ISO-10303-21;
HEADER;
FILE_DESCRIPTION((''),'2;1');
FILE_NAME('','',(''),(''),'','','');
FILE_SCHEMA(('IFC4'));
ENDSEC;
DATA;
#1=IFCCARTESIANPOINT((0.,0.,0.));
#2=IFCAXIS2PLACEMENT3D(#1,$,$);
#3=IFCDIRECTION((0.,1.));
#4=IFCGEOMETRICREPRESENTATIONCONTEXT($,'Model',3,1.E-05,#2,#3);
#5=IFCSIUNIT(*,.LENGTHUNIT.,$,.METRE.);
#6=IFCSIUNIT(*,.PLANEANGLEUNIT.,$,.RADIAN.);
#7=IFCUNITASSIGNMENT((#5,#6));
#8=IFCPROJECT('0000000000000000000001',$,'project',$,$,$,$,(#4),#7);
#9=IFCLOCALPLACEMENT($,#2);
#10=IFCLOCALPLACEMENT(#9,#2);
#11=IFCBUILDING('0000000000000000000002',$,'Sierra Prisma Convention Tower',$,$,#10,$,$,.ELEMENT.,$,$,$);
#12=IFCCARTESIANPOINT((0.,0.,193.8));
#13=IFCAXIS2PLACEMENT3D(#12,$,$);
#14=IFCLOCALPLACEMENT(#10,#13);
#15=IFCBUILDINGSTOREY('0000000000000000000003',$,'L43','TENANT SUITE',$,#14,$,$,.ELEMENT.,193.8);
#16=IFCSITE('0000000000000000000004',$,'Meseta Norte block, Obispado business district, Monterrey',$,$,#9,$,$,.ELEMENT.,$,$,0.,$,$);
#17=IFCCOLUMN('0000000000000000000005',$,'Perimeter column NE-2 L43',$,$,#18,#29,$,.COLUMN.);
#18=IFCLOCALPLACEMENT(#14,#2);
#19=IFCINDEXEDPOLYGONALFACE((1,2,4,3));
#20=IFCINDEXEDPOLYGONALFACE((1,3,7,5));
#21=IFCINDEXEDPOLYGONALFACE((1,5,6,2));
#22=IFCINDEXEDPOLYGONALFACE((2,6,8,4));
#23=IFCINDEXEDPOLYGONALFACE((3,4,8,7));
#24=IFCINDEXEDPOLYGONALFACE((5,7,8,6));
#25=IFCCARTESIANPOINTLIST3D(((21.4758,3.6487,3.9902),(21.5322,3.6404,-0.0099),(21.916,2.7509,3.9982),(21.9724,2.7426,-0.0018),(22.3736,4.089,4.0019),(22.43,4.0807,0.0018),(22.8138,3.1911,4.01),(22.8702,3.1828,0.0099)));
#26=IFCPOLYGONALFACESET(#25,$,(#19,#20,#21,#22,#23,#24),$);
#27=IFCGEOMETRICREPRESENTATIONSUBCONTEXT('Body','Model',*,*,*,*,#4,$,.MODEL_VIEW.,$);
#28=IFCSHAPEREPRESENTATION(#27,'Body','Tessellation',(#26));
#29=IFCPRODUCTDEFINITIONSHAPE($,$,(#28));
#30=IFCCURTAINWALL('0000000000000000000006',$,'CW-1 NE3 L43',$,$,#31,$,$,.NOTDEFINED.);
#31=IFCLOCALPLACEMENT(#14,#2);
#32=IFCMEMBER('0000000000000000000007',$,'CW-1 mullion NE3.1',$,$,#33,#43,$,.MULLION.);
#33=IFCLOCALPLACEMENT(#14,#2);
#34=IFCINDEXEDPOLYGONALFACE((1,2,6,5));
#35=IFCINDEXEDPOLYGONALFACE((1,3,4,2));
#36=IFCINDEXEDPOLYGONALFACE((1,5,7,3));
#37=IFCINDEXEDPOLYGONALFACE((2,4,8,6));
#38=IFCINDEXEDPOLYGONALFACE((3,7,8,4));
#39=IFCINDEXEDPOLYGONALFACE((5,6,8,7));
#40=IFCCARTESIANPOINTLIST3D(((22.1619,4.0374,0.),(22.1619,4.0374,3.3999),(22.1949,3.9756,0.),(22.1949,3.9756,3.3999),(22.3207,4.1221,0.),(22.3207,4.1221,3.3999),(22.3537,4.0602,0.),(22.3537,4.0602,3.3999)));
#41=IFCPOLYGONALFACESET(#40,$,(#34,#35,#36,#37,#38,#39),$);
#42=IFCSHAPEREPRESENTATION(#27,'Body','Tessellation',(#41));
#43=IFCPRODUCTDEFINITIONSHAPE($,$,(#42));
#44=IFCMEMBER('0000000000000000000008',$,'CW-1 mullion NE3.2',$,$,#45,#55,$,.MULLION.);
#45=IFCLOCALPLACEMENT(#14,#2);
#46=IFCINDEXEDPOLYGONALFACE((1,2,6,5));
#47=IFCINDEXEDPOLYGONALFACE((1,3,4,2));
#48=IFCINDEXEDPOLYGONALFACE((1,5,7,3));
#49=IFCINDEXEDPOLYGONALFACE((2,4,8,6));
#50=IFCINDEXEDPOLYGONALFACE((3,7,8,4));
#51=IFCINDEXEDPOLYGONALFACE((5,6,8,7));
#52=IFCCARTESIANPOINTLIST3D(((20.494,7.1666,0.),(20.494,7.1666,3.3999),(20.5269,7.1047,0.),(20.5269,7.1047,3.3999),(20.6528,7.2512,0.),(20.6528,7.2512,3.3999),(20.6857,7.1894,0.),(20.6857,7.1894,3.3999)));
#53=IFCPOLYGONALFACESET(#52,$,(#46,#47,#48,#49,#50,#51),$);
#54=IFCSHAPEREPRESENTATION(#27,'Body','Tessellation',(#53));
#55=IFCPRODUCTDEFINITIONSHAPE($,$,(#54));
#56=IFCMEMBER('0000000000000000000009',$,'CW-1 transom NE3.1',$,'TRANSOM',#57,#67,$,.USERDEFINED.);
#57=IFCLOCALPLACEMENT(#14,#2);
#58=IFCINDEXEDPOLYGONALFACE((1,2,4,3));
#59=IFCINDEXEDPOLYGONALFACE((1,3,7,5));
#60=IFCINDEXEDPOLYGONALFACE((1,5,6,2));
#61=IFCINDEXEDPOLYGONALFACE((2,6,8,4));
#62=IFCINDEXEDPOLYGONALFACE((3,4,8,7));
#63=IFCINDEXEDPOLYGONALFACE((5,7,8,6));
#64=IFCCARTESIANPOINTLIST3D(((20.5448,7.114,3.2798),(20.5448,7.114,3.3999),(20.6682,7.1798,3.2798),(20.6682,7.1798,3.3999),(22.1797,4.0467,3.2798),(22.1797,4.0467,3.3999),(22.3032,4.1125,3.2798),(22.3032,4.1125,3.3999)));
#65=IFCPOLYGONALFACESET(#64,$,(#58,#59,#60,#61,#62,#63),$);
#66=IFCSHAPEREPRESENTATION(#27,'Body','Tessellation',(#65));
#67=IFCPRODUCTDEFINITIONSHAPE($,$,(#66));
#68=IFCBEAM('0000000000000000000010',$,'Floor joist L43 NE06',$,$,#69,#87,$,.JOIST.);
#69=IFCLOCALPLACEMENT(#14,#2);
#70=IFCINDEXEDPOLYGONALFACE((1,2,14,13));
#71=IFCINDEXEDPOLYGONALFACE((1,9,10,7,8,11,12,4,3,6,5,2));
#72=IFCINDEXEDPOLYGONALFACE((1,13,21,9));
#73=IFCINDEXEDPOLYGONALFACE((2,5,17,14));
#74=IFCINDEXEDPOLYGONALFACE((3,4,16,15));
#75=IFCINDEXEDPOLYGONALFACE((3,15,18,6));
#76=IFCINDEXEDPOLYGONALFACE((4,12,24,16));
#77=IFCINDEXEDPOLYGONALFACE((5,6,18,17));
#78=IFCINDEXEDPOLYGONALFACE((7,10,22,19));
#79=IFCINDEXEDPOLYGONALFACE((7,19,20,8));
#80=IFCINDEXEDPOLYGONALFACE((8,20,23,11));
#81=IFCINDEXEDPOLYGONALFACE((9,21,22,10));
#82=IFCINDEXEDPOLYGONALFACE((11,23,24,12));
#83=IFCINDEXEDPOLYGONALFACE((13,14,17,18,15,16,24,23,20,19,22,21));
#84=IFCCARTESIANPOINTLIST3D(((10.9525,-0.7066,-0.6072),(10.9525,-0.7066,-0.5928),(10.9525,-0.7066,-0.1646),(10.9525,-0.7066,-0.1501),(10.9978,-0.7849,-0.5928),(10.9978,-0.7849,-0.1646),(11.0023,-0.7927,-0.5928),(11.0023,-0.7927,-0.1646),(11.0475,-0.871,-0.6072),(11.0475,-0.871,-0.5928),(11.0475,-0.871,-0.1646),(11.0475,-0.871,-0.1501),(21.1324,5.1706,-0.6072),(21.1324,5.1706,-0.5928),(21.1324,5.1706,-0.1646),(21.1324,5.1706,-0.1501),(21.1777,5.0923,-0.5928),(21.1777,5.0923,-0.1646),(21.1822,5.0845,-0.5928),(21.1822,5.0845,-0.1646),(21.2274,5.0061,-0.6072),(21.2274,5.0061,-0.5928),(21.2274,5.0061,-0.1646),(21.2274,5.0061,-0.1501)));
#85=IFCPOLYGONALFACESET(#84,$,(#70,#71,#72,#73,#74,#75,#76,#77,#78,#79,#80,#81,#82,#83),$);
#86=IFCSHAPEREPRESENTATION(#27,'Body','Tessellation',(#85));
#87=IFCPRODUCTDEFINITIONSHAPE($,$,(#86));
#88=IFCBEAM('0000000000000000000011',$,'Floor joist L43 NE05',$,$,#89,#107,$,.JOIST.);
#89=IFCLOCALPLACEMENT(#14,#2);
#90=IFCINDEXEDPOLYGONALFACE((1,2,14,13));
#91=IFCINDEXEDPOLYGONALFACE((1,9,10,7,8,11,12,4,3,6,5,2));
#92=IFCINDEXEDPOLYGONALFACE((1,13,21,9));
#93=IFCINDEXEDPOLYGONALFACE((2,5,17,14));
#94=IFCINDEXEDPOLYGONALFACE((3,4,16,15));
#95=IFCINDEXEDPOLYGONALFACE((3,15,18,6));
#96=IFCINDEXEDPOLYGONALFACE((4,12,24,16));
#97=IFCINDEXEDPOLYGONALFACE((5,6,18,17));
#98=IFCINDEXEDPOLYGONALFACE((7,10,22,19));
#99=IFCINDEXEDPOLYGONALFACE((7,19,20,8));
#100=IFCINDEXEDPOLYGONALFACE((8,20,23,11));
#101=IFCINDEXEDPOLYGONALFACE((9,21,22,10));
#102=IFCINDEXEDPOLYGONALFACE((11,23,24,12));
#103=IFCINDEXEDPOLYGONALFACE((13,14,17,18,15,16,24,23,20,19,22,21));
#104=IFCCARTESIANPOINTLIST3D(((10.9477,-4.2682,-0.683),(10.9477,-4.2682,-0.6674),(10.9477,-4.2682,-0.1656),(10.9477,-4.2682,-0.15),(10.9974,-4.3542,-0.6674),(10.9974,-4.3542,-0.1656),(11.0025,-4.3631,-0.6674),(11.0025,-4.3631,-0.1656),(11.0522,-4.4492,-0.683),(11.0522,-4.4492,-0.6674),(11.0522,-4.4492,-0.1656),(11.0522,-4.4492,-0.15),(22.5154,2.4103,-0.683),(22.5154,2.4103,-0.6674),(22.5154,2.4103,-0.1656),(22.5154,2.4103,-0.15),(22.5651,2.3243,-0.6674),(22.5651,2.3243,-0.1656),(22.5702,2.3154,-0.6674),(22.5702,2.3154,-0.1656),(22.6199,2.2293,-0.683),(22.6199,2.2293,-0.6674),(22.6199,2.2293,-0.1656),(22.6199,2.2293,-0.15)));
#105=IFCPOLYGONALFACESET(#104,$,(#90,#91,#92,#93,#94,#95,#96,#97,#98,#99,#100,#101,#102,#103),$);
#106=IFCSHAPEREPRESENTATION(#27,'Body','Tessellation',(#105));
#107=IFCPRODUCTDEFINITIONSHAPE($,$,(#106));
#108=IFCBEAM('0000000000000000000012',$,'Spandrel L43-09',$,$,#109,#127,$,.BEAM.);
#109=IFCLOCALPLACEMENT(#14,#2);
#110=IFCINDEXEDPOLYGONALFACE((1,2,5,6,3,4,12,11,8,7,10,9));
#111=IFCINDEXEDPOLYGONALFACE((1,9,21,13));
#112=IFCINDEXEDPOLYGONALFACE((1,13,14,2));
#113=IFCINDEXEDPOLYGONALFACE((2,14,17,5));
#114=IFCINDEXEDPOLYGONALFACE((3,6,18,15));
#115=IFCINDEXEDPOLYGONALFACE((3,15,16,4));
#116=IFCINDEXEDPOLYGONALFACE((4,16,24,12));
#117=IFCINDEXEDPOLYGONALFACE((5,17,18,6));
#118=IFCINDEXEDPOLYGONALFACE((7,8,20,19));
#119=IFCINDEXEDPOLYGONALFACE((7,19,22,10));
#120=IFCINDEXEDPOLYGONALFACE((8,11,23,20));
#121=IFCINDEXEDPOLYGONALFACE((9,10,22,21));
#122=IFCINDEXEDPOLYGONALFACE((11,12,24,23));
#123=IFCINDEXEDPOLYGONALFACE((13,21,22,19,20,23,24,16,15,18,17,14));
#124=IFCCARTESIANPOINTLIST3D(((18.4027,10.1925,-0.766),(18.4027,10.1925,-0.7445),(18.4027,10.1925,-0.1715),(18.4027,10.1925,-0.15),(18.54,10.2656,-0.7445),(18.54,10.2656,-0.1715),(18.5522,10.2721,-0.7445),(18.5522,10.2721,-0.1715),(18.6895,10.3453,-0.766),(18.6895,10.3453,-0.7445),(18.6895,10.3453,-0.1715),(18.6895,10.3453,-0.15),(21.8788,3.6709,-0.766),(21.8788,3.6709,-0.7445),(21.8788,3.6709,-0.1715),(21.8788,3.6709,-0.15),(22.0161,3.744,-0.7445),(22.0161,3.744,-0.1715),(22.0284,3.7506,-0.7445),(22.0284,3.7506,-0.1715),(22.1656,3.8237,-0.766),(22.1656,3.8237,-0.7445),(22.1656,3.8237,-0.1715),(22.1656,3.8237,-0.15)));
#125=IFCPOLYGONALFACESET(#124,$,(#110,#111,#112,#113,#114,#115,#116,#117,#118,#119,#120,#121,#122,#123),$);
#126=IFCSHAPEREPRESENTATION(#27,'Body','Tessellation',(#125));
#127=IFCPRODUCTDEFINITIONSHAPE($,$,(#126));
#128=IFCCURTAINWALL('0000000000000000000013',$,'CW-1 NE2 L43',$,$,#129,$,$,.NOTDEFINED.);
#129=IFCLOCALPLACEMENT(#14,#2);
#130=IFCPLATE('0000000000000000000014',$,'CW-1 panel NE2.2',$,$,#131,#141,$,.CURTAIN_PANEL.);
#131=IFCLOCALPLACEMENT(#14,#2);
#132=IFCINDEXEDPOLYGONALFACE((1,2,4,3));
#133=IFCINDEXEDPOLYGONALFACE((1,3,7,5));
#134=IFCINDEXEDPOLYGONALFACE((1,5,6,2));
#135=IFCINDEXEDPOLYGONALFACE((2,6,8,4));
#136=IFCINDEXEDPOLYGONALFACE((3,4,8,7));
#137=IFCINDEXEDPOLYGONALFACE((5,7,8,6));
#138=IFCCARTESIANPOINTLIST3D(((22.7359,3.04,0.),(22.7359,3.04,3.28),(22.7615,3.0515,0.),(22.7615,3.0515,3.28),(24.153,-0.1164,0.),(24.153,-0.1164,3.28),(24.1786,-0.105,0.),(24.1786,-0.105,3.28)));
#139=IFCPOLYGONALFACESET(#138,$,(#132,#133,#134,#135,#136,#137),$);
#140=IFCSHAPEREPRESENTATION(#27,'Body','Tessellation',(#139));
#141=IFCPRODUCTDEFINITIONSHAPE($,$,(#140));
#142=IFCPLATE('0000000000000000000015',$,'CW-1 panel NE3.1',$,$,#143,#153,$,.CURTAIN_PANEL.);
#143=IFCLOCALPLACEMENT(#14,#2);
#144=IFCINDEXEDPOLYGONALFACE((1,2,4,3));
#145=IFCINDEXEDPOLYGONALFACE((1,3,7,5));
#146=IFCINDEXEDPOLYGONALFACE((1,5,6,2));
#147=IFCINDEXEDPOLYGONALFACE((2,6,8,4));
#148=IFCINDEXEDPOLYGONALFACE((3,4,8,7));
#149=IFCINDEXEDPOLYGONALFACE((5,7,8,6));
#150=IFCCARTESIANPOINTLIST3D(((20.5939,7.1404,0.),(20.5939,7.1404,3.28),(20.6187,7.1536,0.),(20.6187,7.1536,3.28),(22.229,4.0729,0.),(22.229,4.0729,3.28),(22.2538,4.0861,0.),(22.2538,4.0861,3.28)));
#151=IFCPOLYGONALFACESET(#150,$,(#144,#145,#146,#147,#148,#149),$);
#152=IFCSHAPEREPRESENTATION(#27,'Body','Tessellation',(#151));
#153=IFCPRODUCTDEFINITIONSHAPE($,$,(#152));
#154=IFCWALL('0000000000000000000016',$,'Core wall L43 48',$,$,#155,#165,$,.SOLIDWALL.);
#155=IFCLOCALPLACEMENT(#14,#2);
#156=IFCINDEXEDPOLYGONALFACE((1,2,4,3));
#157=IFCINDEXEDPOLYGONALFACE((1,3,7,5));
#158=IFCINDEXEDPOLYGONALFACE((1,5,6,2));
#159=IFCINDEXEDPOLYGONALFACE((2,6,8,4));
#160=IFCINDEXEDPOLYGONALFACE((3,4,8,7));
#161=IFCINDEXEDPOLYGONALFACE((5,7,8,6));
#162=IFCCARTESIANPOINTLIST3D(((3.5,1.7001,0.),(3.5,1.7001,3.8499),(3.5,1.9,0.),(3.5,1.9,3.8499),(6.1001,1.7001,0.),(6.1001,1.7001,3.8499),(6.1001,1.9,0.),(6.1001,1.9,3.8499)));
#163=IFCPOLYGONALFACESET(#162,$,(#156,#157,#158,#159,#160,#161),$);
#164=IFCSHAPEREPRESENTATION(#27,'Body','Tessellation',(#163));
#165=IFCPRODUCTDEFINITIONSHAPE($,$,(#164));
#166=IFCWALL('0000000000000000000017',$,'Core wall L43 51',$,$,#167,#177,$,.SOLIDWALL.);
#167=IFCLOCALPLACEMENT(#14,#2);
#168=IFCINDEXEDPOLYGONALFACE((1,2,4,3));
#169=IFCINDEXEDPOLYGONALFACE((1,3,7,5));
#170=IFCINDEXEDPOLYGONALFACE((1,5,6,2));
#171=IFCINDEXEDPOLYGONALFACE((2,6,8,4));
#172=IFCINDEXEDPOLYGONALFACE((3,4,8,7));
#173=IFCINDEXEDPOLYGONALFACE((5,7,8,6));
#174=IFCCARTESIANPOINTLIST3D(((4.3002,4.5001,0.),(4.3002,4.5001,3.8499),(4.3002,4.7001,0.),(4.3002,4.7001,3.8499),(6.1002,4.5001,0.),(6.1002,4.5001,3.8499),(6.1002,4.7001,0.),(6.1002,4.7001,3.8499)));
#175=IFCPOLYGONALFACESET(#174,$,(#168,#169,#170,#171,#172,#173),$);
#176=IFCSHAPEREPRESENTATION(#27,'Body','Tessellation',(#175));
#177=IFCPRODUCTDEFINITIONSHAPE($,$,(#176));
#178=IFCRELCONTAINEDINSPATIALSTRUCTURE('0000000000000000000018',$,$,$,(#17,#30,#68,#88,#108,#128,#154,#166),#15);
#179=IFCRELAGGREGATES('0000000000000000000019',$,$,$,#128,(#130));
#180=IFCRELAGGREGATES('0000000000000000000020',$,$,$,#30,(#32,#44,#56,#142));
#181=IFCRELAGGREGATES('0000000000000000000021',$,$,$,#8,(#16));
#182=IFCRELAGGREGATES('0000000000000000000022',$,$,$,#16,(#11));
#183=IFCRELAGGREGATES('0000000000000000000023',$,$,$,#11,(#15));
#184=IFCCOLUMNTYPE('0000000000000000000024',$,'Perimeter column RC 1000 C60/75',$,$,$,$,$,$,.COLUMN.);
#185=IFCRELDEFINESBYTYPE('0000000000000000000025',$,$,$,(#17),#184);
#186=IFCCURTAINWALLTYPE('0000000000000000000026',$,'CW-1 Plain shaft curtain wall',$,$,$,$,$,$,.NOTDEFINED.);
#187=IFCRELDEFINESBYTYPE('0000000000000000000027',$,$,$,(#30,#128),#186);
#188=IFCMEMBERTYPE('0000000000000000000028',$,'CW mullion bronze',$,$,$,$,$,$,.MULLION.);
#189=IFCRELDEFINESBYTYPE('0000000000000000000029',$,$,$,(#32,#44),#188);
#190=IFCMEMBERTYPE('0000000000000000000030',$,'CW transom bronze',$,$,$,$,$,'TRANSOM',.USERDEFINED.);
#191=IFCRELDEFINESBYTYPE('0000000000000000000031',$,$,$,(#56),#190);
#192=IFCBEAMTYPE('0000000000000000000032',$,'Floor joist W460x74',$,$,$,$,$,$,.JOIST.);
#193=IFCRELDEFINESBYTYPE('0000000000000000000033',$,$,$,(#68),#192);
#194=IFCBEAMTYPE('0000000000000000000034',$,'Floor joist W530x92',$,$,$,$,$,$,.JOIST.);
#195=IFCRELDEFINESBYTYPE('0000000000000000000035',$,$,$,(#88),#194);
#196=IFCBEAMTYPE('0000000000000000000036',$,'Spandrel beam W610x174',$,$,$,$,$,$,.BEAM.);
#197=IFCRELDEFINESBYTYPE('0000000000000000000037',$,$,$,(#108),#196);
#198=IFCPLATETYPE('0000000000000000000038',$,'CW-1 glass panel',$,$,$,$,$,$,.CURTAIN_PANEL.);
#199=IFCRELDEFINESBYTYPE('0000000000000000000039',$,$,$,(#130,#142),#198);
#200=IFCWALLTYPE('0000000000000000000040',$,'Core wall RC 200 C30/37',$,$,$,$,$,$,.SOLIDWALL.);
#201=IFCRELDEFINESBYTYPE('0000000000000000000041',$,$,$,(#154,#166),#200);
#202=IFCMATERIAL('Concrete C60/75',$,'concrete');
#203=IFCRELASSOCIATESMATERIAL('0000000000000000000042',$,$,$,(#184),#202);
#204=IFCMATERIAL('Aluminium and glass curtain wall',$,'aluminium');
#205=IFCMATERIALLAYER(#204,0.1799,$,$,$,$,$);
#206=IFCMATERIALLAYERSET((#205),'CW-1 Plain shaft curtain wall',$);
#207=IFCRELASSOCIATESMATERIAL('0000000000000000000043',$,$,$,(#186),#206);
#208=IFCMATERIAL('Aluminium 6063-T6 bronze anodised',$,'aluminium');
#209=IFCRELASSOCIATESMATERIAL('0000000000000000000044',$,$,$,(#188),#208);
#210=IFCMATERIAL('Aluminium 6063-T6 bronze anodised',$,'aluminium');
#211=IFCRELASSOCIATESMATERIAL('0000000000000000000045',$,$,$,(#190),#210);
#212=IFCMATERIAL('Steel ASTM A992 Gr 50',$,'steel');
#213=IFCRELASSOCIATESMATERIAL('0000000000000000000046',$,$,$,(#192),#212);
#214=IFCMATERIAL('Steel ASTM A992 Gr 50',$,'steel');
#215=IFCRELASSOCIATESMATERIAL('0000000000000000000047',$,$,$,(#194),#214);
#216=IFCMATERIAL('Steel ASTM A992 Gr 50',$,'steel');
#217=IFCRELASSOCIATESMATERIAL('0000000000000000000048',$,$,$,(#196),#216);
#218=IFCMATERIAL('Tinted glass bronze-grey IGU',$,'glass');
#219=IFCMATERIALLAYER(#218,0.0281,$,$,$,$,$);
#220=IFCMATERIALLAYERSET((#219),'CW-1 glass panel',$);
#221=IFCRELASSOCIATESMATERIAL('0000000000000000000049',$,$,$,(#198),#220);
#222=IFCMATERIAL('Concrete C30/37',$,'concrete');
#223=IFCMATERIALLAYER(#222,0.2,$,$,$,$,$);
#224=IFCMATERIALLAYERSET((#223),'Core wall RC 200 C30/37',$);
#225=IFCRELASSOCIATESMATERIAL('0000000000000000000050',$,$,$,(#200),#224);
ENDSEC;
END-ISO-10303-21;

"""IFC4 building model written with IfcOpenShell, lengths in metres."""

from ifc_helpers import new_model, si_unit, direction, frame, frame_2d, origin, origin_2d, place, context, subcontext, project, spatial, rectangle, i_section, extrude, material, layer, layer_set, material_profile, profile_set, type_object, element, aggregate, save


model = new_model("IFC4")

# Units and contexts
model_context = context("Model", 3, precision=1e-05, world=origin(), true_north=direction((0.0, 1.0)))
body_context = subcontext(model_context, "Body", "Model", "MODEL_VIEW")
ifc_project = project(units=[si_unit("LENGTHUNIT", "METRE"), si_unit("PLANEANGLEUNIT", "RADIAN")], contexts=[model_context])

# Site, building, storey
site_placement = place(None, origin())
site = spatial("IfcSite", under=ifc_project, at=site_placement, Name="Meseta Norte block, Obispado business district, Monterrey", CompositionType="ELEMENT", RefElevation=0.0)
building_placement = place(site_placement, origin())
building = spatial("IfcBuilding", under=site, at=building_placement, Name="Sierra Prisma Convention Tower", CompositionType="ELEMENT")
storey_placement = place(building_placement, frame((0.0, 0.0, 193.8)))
storey = spatial("IfcBuildingStorey", under=building, at=storey_placement, Name="L43", Description="TENANT SUITE", CompositionType="ELEMENT", Elevation=193.8)

# Column
ifc_material_1 = material(Name="Concrete C60/75", Category="concrete")
ifc_material_profile_1 = material_profile(ifc_material_1, rectangle(XDim=1.0, YDim=1.0, at=origin_2d()), Name="Perimeter column RC 1000 C60/75")
ifc_profile_set_1 = profile_set([ifc_material_profile_1], Name="Concrete C60/75")
column_type = type_object("IfcColumnType", Name="Perimeter column RC 1000 C60/75", PredefinedType="COLUMN", material=ifc_profile_set_1)
column_placement = place(storey_placement, frame((22.2012, 3.4116, 0.0), z_axis=(-0.014098, 0.002075, 0.999898), x_axis=(-0.440182, 0.897872, -0.008069)))
element("IfcColumn", 1, at=column_placement, inside=storey, type_object=column_type, Name="Perimeter column NE-2 L43", PredefinedType="COLUMN", context=body_context, shape_type="SweptSolid", body=[
    extrude(rectangle(XDim=1.0, YDim=1.0, at=origin_2d()), origin(), (0.0, 0.0, 1.0), 4.0005),
])

# Curtain wall, members
ifc_material_2 = material(Name="Aluminium and glass curtain wall", Category="aluminium")
ifc_layer_1 = layer(ifc_material_2, 0.1799)
ifc_layer_set_1 = layer_set([ifc_layer_1], Name="CW-1 Plain shaft curtain wall")
curtain_wall_type = type_object("IfcCurtainWallType", Name="CW-1 Plain shaft curtain wall", PredefinedType="NOTDEFINED", material=ifc_layer_set_1)
curtain_wall_1_placement = place(storey_placement, origin())
curtain_wall_1 = element("IfcCurtainWall", 2, at=curtain_wall_1_placement, inside=storey, type_object=curtain_wall_type, Name="CW-1 NE3 L43", PredefinedType="NOTDEFINED")
ifc_material_3 = material(Name="Aluminium 6063-T6 bronze anodised", Category="aluminium")
ifc_material_profile_2 = material_profile(ifc_material_3, rectangle(XDim=0.1799, YDim=0.0701, at=origin_2d()), Name="ALU MULLION 70x180")
ifc_profile_set_2 = profile_set([ifc_material_profile_2], Name="Aluminium 6063-T6 bronze anodised")
member_type_1 = type_object("IfcMemberType", Name="CW mullion bronze", PredefinedType="MULLION", material=ifc_profile_set_2)
member_1_placement = place(storey_placement, frame((22.2578, 4.0488, 0.0), z_axis=(0.0, 0.0, 1.0), x_axis=(-0.882462, -0.470383, 0.0)))
member_1 = element("IfcMember", 3, at=member_1_placement, type_object=member_type_1, Name="CW-1 mullion NE3.1", PredefinedType="MULLION", context=body_context, shape_type="SweptSolid", body=[
    extrude(rectangle(XDim=0.1799, YDim=0.0701, at=origin_2d()), origin(), (0.0, 0.0, 1.0), 3.3999),
])
member_2_placement = place(storey_placement, frame((20.5898, 7.178, 0.0), z_axis=(0.0, 0.0, 1.0), x_axis=(-0.882462, -0.470383, 0.0)))
member_2 = element("IfcMember", 4, at=member_2_placement, type_object=member_type_1, Name="CW-1 mullion NE3.2", PredefinedType="MULLION", context=body_context, shape_type="SweptSolid", body=[
    extrude(rectangle(XDim=0.1799, YDim=0.0701, at=origin_2d()), origin(), (0.0, 0.0, 1.0), 3.3999),
])
ifc_material_4 = material(Name="Aluminium 6063-T6 bronze anodised", Category="aluminium")
ifc_material_profile_3 = material_profile(ifc_material_4, rectangle(XDim=0.1399, YDim=0.1201, at=origin_2d()), Name="ALU TRANSOM 120x140")
ifc_profile_set_3 = profile_set([ifc_material_profile_3], Name="Aluminium 6063-T6 bronze anodised")
member_type_2 = type_object("IfcMemberType", Name="CW transom bronze", ElementType="TRANSOM", PredefinedType="USERDEFINED", material=ifc_profile_set_3)
member_3_placement = place(storey_placement, frame((22.2415, 4.0796, 3.3398), z_axis=(-0.47038, 0.882464, 0.0), x_axis=(-0.882464, -0.47038, 0.0)))
member_3 = element("IfcMember", 5, at=member_3_placement, type_object=member_type_2, Name="CW-1 transom NE3.1", ObjectType="TRANSOM", PredefinedType="USERDEFINED", context=body_context, shape_type="SweptSolid", body=[
    extrude(rectangle(XDim=0.1399, YDim=0.1201, at=origin_2d()), origin(), (0.0, 0.0, 1.0), 3.4758),
])

# Beams
ifc_material_5 = material(Name="Steel ASTM A992 Gr 50", Category="steel")
ifc_material_profile_4 = material_profile(ifc_material_5, i_section(OverallWidth=0.1899, OverallDepth=0.457, WebThickness=0.009, FlangeThickness=0.0144, at=origin_2d()), Name="W460x74")
ifc_profile_set_4 = profile_set([ifc_material_profile_4], Name="Steel ASTM A992 Gr 50")
beam_type_1 = type_object("IfcBeamType", Name="Floor joist W460x74", PredefinedType="JOIST", material=ifc_profile_set_4)
beam_1_placement = place(storey_placement, frame((21.1799, 5.0884, -0.3787), z_axis=(-0.866032, -0.499988, 0.0), x_axis=(0.499988, -0.866032, 0.0)))
element("IfcBeam", 6, at=beam_1_placement, inside=storey, type_object=beam_type_1, Name="Floor joist L43 NE06", PredefinedType="JOIST", context=body_context, shape_type="SweptSolid", body=[
    extrude(i_section(OverallWidth=0.1899, OverallDepth=0.457, WebThickness=0.009, FlangeThickness=0.0144, at=origin_2d()), origin(), (0.0, 0.0, 1.0), 11.7546),
])
ifc_material_6 = material(Name="Steel ASTM A992 Gr 50", Category="steel")
ifc_material_profile_5 = material_profile(ifc_material_6, i_section(OverallWidth=0.209, OverallDepth=0.533, WebThickness=0.0103, FlangeThickness=0.0156, at=origin_2d()), Name="W530x92")
ifc_profile_set_5 = profile_set([ifc_material_profile_5], Name="Steel ASTM A992 Gr 50")
beam_type_2 = type_object("IfcBeamType", Name="Floor joist W530x92", PredefinedType="JOIST", material=ifc_profile_set_5)
beam_2_placement = place(storey_placement, frame((22.5676, 2.3198, -0.4165), z_axis=(-0.866029, -0.499994, 0.0), x_axis=(0.499994, -0.866029, 0.0)))
element("IfcBeam", 7, at=beam_2_placement, inside=storey, type_object=beam_type_2, Name="Floor joist L43 NE05", PredefinedType="JOIST", context=body_context, shape_type="SweptSolid", body=[
    extrude(i_section(OverallWidth=0.209, OverallDepth=0.533, WebThickness=0.0103, FlangeThickness=0.0156, at=origin_2d()), origin(), (0.0, 0.0, 1.0), 13.3572),
])
ifc_material_7 = material(Name="Steel ASTM A992 Gr 50", Category="steel")
ifc_material_profile_6 = material_profile(ifc_material_7, i_section(OverallWidth=0.325, OverallDepth=0.616, WebThickness=0.0139, FlangeThickness=0.0215, at=origin_2d()), Name="W610x174")
ifc_profile_set_6 = profile_set([ifc_material_profile_6], Name="Steel ASTM A992 Gr 50")
beam_type_3 = type_object("IfcBeamType", Name="Spandrel beam W610x174", PredefinedType="BEAM", material=ifc_profile_set_6)
beam_3_placement = place(storey_placement, frame((22.0222, 3.7473, -0.458), z_axis=(-0.470372, 0.882468, 0.0), x_axis=(-0.882468, -0.470372, 0.0)))
element("IfcBeam", 8, at=beam_3_placement, inside=storey, type_object=beam_type_3, Name="Spandrel L43-09", PredefinedType="BEAM", context=body_context, shape_type="SweptSolid", body=[
    extrude(i_section(OverallWidth=0.325, OverallDepth=0.616, WebThickness=0.0139, FlangeThickness=0.0215, at=origin_2d()), origin(), (0.0, 0.0, 1.0), 7.3901),
])

# Curtain wall, plate
curtain_wall_2_placement = place(storey_placement, origin())
curtain_wall_2 = element("IfcCurtainWall", 9, at=curtain_wall_2_placement, inside=storey, type_object=curtain_wall_type, Name="CW-1 NE2 L43", PredefinedType="NOTDEFINED")
ifc_material_8 = material(Name="Tinted glass bronze-grey IGU", Category="glass")
ifc_layer_2 = layer(ifc_material_8, 0.0281)
ifc_layer_set_2 = layer_set([ifc_layer_2], Name="CW-1 glass panel")
plate_type = type_object("IfcPlateType", Name="CW-1 glass panel", PredefinedType="CURTAIN_PANEL", material=ifc_layer_set_2)
plate_1_placement = place(storey_placement, frame((23.4573, 1.4675, 0.0), z_axis=(0.0, 0.0, 1.0), x_axis=(-0.409564, 0.912281, 0.0)))
plate_1 = element("IfcPlate", 10, at=plate_1_placement, type_object=plate_type, Name="CW-1 panel NE2.2", PredefinedType="CURTAIN_PANEL", context=body_context, shape_type="SweptSolid", body=[
    extrude(rectangle(XDim=3.46, YDim=0.0281, at=origin_2d()), origin(), (0.0, 0.0, 1.0), 3.28),
])
aggregate(curtain_wall_2, [plate_1])

# Plate
plate_2_placement = place(storey_placement, frame((21.4238, 5.6133, 0.0), z_axis=(0.0, 0.0, 1.0), x_axis=(-0.470383, 0.882462, 0.0)))
plate_2 = element("IfcPlate", 11, at=plate_2_placement, type_object=plate_type, Name="CW-1 panel NE3.1", PredefinedType="CURTAIN_PANEL", context=body_context, shape_type="SweptSolid", body=[
    extrude(rectangle(XDim=3.4761, YDim=0.0281, at=origin_2d()), origin(), (0.0, 0.0, 1.0), 3.28),
])
aggregate(curtain_wall_1, [member_1, member_2, member_3, plate_2])

# Walls
ifc_material_9 = material(Name="Concrete C30/37", Category="concrete")
ifc_layer_3 = layer(ifc_material_9, 0.2)
ifc_layer_set_3 = layer_set([ifc_layer_3], Name="Core wall RC 200 C30/37")
wall_type_1 = type_object("IfcWallType", Name="Core wall RC 200 C30/37", PredefinedType="SOLIDWALL", material=ifc_layer_set_3)
wall_1_placement = place(storey_placement, frame((6.1001, 1.8, 0.0), z_axis=(0.0, 0.0, 1.0), x_axis=(-1.0, 0.0, 0.0)))
element("IfcWall", 12, at=wall_1_placement, inside=storey, type_object=wall_type_1, Name="Core wall L43 48", PredefinedType="SOLIDWALL", context=body_context, shape_type="SweptSolid", body=[
    extrude(rectangle(XDim=2.6001, YDim=0.2, at=frame_2d((1.3, 0.0))), origin(), (0.0, 0.0, 1.0), 3.8499),
])
wall_2_placement = place(storey_placement, frame((6.1001, 4.6001, 0.0), z_axis=(0.0, 0.0, 1.0), x_axis=(-1.0, 0.0, 0.0)))
element("IfcWall", 13, at=wall_2_placement, inside=storey, type_object=wall_type_1, Name="Core wall L43 51", PredefinedType="SOLIDWALL", context=body_context, shape_type="SweptSolid", body=[
    extrude(rectangle(XDim=1.8, YDim=0.2, at=frame_2d((0.8999, 0.0))), origin(), (0.0, 0.0, 1.0), 3.8499),
])

save(model, "model.ifc")
